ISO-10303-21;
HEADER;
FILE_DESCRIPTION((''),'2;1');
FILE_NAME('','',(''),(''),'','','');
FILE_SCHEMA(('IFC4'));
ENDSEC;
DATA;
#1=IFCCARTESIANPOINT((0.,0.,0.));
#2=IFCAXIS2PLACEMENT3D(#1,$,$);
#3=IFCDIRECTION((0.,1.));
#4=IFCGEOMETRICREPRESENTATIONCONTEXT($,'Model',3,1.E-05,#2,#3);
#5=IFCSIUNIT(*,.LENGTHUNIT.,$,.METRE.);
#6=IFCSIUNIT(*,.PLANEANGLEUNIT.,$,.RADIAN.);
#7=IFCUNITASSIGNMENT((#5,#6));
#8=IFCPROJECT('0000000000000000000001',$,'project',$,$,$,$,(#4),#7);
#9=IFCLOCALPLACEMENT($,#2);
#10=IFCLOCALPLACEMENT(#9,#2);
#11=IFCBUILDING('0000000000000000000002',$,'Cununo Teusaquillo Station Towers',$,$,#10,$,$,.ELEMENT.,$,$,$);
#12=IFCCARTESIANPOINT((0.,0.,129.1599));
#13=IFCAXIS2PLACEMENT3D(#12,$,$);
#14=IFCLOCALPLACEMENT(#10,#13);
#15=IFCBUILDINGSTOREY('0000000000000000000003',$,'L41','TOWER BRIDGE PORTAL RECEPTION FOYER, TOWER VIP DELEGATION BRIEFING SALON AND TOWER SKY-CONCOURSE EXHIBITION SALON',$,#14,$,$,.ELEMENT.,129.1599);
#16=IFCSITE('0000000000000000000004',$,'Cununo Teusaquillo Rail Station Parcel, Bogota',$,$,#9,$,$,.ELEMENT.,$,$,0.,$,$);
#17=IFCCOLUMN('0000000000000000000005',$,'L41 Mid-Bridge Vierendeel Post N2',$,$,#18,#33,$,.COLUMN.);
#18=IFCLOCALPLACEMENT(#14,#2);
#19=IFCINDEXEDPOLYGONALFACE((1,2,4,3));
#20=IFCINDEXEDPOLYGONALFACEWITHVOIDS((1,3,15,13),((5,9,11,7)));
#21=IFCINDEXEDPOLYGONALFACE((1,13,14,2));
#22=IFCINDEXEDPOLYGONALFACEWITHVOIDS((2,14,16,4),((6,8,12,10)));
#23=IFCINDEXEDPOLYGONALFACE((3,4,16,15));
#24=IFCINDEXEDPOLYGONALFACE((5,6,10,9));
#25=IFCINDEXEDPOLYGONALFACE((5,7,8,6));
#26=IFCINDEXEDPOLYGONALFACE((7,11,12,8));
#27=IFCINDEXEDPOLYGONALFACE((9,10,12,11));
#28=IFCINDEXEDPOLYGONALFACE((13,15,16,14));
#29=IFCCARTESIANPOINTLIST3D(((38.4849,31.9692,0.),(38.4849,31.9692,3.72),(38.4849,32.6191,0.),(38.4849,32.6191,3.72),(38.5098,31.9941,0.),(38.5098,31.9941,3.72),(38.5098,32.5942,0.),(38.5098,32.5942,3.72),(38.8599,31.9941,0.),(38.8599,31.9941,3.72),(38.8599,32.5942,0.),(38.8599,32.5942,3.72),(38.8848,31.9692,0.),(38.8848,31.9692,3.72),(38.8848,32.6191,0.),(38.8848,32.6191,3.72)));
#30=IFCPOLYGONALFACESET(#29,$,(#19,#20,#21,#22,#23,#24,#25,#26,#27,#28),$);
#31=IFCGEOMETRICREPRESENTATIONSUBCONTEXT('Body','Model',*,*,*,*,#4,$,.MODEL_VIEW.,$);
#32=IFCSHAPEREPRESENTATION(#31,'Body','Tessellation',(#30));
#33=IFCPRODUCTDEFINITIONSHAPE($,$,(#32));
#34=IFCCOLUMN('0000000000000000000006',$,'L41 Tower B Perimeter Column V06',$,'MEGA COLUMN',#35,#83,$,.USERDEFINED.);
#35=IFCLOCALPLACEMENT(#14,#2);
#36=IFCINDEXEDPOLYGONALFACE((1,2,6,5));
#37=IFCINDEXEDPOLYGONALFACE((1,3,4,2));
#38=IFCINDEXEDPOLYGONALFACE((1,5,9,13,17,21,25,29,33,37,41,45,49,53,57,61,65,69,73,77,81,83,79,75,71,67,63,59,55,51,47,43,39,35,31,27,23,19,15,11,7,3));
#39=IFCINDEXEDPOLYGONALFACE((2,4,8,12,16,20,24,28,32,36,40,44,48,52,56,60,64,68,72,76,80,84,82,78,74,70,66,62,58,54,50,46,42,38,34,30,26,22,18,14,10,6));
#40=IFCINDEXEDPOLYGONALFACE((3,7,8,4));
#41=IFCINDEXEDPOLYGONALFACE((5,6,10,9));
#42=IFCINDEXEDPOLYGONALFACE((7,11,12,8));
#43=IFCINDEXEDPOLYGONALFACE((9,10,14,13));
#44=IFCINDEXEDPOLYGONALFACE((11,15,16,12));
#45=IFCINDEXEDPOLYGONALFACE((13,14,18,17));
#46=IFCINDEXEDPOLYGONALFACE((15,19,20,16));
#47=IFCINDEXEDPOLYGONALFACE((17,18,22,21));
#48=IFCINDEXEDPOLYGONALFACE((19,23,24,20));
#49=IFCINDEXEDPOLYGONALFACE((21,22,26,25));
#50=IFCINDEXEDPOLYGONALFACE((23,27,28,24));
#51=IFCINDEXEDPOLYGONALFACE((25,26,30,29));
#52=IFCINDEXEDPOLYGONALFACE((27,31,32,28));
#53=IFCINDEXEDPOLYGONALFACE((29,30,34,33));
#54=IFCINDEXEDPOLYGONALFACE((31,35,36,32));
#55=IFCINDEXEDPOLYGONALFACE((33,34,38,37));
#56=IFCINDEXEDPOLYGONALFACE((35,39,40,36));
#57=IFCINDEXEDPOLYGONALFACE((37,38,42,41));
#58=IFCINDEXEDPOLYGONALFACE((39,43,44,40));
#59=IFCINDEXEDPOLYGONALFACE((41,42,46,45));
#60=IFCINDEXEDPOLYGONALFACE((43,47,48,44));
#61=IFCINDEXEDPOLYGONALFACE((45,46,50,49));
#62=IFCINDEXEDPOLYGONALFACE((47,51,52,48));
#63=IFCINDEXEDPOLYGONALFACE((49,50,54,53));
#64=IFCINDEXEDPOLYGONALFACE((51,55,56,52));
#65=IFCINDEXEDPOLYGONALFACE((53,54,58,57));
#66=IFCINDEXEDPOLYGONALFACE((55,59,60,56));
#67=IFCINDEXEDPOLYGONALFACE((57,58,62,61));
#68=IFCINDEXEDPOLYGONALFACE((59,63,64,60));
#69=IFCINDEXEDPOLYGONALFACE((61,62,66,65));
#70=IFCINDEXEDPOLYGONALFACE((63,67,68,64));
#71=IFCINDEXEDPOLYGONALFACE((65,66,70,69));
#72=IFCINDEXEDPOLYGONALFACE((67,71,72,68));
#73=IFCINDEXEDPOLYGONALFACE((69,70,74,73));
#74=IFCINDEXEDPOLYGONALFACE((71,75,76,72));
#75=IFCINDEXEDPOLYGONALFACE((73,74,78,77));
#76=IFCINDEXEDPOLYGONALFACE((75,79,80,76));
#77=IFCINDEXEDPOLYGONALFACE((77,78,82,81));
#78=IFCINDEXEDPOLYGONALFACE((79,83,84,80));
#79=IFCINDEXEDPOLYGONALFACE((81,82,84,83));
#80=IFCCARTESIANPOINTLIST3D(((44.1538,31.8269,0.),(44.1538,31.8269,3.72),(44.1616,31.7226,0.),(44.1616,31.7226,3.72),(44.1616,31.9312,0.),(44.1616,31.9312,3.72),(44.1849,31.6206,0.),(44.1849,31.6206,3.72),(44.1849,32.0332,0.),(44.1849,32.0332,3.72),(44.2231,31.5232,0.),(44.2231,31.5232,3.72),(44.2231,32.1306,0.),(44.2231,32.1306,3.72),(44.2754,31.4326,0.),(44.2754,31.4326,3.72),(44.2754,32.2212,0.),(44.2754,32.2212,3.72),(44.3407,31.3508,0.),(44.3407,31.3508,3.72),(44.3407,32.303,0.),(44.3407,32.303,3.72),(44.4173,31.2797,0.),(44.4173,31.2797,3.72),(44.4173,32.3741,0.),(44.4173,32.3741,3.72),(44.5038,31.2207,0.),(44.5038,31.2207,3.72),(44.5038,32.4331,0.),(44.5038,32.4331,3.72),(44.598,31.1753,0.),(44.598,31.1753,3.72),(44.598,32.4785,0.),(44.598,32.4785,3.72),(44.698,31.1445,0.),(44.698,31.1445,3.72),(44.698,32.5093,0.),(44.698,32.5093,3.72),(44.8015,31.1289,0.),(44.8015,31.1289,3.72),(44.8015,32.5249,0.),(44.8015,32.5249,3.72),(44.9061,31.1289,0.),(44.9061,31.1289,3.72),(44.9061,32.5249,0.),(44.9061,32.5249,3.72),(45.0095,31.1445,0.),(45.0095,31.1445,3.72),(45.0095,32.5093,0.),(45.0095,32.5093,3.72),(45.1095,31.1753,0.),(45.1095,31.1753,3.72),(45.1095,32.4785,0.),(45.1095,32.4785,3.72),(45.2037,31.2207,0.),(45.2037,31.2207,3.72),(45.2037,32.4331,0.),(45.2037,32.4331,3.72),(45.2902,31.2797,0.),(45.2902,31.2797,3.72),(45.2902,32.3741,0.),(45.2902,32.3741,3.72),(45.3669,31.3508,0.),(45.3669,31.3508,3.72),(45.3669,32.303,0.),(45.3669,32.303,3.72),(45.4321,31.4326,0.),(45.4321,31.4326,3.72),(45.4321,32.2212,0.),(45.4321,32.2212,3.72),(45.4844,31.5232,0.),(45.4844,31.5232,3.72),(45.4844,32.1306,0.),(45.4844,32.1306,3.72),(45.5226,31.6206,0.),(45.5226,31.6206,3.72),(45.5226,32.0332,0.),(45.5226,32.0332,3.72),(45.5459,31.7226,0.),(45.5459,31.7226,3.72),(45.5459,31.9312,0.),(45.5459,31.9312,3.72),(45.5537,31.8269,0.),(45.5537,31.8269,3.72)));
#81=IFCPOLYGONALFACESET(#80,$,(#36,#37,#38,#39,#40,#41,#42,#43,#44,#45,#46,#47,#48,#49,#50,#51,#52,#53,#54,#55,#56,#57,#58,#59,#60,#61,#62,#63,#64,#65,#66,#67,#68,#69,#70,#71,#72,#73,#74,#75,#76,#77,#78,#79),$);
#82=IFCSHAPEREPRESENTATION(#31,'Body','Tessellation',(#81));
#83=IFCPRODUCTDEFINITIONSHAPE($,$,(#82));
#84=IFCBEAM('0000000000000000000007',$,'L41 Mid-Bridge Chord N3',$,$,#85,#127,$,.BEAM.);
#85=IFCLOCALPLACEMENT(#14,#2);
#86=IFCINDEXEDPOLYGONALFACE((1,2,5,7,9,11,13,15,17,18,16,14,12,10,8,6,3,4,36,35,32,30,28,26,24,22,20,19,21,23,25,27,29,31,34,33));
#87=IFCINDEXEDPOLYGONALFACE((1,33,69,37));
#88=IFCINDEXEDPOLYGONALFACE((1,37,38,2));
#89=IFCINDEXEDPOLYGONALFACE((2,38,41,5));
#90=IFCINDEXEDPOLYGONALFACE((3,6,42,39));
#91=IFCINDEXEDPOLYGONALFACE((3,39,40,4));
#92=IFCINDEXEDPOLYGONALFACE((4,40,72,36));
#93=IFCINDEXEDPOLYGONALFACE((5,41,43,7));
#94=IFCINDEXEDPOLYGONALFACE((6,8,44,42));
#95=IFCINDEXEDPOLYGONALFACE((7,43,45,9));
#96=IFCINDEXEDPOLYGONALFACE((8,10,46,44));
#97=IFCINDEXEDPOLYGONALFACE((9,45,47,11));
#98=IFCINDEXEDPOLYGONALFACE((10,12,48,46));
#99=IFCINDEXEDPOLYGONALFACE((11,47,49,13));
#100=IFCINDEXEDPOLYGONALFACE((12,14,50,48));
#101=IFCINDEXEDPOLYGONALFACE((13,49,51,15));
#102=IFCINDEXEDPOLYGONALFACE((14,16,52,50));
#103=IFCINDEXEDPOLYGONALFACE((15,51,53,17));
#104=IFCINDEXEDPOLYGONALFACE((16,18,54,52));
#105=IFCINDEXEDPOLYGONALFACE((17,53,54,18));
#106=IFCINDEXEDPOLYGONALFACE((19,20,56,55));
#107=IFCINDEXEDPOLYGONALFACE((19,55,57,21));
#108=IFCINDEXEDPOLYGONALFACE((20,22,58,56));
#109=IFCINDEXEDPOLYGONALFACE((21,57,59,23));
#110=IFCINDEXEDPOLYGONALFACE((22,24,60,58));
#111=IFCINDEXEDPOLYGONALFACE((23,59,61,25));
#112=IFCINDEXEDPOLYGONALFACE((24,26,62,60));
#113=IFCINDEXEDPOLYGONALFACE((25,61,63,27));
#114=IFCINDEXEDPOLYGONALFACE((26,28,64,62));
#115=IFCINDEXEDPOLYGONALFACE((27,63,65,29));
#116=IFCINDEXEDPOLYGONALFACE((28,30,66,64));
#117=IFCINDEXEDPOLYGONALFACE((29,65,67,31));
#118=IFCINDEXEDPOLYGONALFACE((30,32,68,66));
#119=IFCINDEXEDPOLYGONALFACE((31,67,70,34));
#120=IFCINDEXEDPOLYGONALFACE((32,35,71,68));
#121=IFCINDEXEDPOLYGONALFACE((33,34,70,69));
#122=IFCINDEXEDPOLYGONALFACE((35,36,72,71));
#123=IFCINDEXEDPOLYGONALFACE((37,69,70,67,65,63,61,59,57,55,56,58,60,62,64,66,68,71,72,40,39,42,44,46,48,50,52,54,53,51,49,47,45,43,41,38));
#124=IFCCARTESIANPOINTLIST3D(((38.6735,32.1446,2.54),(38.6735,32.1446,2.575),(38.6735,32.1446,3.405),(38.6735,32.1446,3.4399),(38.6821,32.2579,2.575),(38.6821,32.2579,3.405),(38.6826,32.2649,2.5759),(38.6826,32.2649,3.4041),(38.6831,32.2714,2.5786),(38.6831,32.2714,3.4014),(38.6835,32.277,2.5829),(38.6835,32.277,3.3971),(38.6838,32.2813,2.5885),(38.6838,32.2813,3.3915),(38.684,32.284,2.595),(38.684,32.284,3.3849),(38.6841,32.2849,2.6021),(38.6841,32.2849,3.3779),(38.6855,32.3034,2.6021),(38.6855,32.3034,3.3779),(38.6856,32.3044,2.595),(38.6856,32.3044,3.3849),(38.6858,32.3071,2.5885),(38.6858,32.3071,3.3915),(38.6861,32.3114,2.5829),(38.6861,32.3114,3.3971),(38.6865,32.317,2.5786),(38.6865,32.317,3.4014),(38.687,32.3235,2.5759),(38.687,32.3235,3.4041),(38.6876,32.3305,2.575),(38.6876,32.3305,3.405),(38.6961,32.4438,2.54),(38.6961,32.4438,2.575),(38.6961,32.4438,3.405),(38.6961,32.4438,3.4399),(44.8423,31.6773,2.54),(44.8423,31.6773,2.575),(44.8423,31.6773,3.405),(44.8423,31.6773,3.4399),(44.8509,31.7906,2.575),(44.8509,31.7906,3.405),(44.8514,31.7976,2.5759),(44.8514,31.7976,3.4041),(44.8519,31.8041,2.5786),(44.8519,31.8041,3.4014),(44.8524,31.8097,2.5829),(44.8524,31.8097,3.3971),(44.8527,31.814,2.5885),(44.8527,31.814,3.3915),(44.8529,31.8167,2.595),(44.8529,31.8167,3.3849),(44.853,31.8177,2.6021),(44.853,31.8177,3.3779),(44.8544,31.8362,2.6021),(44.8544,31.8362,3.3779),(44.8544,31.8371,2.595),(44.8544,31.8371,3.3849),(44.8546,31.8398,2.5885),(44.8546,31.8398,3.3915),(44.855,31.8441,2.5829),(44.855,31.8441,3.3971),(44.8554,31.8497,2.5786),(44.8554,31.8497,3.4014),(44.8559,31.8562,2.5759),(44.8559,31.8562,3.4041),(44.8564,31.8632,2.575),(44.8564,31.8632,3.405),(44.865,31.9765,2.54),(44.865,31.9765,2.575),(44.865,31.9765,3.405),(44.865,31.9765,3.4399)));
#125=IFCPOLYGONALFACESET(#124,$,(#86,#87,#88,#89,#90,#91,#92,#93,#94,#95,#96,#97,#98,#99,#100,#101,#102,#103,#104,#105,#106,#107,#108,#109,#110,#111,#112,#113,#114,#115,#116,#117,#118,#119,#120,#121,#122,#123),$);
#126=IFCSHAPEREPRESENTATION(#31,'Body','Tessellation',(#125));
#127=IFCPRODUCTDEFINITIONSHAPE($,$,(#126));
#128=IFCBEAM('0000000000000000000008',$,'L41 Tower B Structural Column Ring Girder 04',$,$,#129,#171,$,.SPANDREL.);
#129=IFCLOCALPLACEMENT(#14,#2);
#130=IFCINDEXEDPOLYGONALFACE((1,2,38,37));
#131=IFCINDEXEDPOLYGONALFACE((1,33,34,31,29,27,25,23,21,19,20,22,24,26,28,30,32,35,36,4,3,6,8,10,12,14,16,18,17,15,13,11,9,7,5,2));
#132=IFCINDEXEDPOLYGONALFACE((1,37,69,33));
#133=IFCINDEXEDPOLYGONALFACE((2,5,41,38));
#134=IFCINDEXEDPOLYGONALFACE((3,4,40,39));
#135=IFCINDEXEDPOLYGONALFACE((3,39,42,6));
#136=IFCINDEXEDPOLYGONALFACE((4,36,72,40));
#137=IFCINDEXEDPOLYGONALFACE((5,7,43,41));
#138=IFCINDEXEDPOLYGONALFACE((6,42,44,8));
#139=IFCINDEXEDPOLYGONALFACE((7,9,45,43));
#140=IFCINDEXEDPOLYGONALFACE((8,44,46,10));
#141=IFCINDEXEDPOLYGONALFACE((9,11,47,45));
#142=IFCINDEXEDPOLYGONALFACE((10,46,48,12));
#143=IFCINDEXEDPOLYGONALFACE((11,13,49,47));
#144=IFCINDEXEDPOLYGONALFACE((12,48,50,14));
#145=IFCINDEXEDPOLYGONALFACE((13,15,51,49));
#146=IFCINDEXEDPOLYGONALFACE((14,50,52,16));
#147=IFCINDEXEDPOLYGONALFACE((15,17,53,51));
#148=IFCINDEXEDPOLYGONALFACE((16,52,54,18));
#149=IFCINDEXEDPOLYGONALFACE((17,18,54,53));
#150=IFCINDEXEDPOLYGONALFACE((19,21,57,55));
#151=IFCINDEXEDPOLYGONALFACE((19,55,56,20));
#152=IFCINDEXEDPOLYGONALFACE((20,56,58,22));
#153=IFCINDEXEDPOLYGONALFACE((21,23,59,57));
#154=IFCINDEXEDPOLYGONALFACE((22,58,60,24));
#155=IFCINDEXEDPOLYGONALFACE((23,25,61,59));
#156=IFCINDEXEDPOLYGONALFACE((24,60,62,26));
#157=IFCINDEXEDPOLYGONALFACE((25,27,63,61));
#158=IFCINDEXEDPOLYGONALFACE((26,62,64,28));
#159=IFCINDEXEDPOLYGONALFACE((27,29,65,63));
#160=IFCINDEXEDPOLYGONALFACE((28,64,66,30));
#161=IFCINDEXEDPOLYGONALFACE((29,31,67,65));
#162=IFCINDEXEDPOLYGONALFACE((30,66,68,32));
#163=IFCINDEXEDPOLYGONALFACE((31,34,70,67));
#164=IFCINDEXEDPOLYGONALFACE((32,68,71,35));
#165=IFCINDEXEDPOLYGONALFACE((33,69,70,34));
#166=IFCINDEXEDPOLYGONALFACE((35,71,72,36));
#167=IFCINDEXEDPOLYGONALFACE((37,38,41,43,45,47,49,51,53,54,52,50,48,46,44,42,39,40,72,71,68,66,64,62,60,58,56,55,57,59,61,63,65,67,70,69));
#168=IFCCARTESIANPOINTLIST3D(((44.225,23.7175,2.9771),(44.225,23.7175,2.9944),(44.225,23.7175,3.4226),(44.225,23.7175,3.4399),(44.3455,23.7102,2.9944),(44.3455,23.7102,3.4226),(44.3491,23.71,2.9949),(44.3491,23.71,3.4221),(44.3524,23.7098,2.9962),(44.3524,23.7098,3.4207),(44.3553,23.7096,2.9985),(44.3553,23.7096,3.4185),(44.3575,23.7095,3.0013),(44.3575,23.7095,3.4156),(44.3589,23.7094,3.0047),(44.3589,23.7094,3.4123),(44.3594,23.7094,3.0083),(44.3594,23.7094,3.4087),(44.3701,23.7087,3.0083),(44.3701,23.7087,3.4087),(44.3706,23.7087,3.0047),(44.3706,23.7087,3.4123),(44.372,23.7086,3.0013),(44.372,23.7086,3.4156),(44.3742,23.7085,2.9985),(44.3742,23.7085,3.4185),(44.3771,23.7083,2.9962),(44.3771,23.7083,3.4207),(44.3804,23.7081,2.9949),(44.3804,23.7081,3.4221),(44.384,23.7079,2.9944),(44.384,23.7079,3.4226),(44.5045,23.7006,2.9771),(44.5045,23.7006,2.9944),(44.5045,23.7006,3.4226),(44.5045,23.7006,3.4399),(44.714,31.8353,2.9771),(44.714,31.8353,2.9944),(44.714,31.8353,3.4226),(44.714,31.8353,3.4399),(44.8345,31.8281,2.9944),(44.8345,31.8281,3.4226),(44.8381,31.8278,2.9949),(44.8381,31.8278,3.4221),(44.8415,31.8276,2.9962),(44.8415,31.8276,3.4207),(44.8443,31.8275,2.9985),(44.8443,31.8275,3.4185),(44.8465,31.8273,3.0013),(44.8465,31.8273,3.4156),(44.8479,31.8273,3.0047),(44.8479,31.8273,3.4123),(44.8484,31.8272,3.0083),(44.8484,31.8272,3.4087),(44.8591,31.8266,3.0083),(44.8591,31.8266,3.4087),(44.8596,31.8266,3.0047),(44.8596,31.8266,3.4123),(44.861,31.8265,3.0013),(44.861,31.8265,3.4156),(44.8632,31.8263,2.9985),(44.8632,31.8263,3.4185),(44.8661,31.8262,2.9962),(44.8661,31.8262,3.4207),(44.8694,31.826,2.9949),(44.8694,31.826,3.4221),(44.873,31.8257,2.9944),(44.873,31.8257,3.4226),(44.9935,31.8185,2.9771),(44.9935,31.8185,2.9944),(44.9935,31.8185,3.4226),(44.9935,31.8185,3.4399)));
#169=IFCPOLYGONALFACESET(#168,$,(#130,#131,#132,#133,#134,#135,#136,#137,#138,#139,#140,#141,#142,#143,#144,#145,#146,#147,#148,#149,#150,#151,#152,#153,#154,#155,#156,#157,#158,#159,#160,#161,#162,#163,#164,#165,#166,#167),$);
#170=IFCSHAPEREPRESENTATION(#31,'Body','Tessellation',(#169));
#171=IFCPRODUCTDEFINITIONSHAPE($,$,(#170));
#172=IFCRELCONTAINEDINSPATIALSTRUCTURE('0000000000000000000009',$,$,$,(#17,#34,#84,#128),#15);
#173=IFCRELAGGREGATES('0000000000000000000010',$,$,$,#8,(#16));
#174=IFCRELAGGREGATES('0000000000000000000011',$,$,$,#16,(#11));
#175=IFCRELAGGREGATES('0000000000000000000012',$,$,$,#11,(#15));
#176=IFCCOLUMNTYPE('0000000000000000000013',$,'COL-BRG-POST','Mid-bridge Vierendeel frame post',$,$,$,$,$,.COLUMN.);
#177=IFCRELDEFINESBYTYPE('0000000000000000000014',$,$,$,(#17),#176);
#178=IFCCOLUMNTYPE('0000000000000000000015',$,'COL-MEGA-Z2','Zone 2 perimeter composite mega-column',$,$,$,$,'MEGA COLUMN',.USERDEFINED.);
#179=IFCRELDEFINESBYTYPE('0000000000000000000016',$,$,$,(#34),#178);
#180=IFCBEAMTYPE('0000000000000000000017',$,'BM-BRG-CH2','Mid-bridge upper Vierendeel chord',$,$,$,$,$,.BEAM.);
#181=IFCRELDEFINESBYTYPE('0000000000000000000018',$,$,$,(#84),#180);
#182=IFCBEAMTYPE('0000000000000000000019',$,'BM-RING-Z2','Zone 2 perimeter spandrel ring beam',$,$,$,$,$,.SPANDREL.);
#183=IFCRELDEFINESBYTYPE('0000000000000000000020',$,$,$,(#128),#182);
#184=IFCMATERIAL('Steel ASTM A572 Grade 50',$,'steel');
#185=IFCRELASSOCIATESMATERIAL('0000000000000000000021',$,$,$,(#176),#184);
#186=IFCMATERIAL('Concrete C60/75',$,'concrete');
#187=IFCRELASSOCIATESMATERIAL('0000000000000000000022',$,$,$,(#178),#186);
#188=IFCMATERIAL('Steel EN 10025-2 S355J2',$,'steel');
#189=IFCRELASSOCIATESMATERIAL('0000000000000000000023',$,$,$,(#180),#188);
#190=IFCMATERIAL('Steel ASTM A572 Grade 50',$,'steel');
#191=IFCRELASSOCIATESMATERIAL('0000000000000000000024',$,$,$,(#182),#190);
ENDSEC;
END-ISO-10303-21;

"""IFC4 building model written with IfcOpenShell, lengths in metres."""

from ifc_helpers import new_model, si_unit, direction, frame, origin, origin_2d, place, context, subcontext, project, spatial, hollow_rectangle, circle, i_section, extrude, material, material_profile, profile_set, type_object, element, save


model = new_model("IFC4")

# Units and contexts
model_context = context("Model", 3, precision=1e-05, world=origin(), true_north=direction((0.0, 1.0)))
body_context = subcontext(model_context, "Body", "Model", "MODEL_VIEW")
ifc_project = project(units=[si_unit("LENGTHUNIT", "METRE"), si_unit("PLANEANGLEUNIT", "RADIAN")], contexts=[model_context])

# Site, building, storey
site_placement = place(None, origin())
site = spatial("IfcSite", under=ifc_project, at=site_placement, Name="Cununo Teusaquillo Rail Station Parcel, Bogota", CompositionType="ELEMENT", RefElevation=0.0)
building_placement = place(site_placement, origin())
building = spatial("IfcBuilding", under=site, at=building_placement, Name="Cununo Teusaquillo Station Towers", CompositionType="ELEMENT")
storey_placement = place(building_placement, frame((0.0, 0.0, 129.1599)))
storey = spatial("IfcBuildingStorey", under=building, at=storey_placement, Name="L41", Description="TOWER BRIDGE PORTAL RECEPTION FOYER, TOWER VIP DELEGATION BRIEFING SALON AND TOWER SKY-CONCOURSE EXHIBITION SALON", CompositionType="ELEMENT", Elevation=129.1599)

# Columns
ifc_material_1 = material(Name="Steel ASTM A572 Grade 50", Category="steel")
ifc_material_profile_1 = material_profile(ifc_material_1, hollow_rectangle(XDim=0.3999, YDim=0.6499, WallThickness=0.0249, at=origin_2d()), Name="RHS 650x400x25")
ifc_profile_set_1 = profile_set([ifc_material_profile_1], Name="Steel ASTM A572 Grade 50")
column_type_1 = type_object("IfcColumnType", Name="COL-BRG-POST", Description="Mid-bridge Vierendeel frame post", PredefinedType="COLUMN", material=ifc_profile_set_1)
column_1_placement = place(storey_placement, frame((38.6848, 32.2942, 0.0), z_axis=(0.0, 0.0, 1.0), x_axis=(1.0, 0.0, 0.0)))
element("IfcColumn", 1, at=column_1_placement, inside=storey, type_object=column_type_1, Name="L41 Mid-Bridge Vierendeel Post N2", PredefinedType="COLUMN", context=body_context, shape_type="SweptSolid", body=[
    extrude(hollow_rectangle(XDim=0.3999, YDim=0.6499, WallThickness=0.0249, at=origin_2d()), origin(), (0.0, 0.0, 1.0), 3.72),
])
ifc_material_2 = material(Name="Concrete C60/75", Category="concrete")
ifc_material_profile_2 = material_profile(ifc_material_2, circle(Radius=0.7, at=origin_2d()), Name="RC-CIRC-1400")
ifc_profile_set_2 = profile_set([ifc_material_profile_2], Name="Concrete C60/75")
column_type_2 = type_object("IfcColumnType", Name="COL-MEGA-Z2", Description="Zone 2 perimeter composite mega-column", ElementType="MEGA COLUMN", PredefinedType="USERDEFINED", material=ifc_profile_set_2)
column_2_placement = place(storey_placement, frame((44.8538, 31.8269, 0.0), z_axis=(0.0, 0.0, 1.0), x_axis=(1.0, 0.0, 0.0)))
element("IfcColumn", 2, at=column_2_placement, inside=storey, type_object=column_type_2, Name="L41 Tower B Perimeter Column V06", ObjectType="MEGA COLUMN", PredefinedType="USERDEFINED", context=body_context, shape_type="SweptSolid", body=[
    extrude(circle(Radius=0.7, at=origin_2d()), origin(), (0.0, 0.0, 1.0), 3.72),
])

# Beams
ifc_material_3 = material(Name="Steel EN 10025-2 S355J2", Category="steel")
ifc_material_profile_3 = material_profile(ifc_material_3, i_section(OverallWidth=0.3, OverallDepth=0.8999, WebThickness=0.0186, FlangeThickness=0.0349, FilletRadius=0.0271, at=origin_2d()), Name="HEB 900")
ifc_profile_set_3 = profile_set([ifc_material_profile_3], Name="Steel EN 10025-2 S355J2")
beam_type_1 = type_object("IfcBeamType", Name="BM-BRG-CH2", Description="Mid-bridge upper Vierendeel chord", PredefinedType="BEAM", material=ifc_profile_set_3)
beam_1_placement = place(storey_placement, frame((38.6848, 32.2942, 2.99), z_axis=(0.997143, -0.075532, 0.0), x_axis=(0.075532, 0.997143, 0.0)))
element("IfcBeam", 3, at=beam_1_placement, inside=storey, type_object=beam_type_1, Name="L41 Mid-Bridge Chord N3", PredefinedType="BEAM", context=body_context, shape_type="SweptSolid", body=[
    extrude(i_section(OverallWidth=0.3, OverallDepth=0.8999, WebThickness=0.0186, FlangeThickness=0.0349, FilletRadius=0.0271, at=origin_2d()), origin(), (0.0, 0.0, 1.0), 6.1865),
])
ifc_material_4 = material(Name="Steel ASTM A572 Grade 50", Category="steel")
ifc_material_profile_4 = material_profile(ifc_material_4, i_section(OverallWidth=0.28, OverallDepth=0.4629, WebThickness=0.0107, FlangeThickness=0.0173, FilletRadius=0.0139, at=origin_2d()), Name="W18X76")
ifc_profile_set_4 = profile_set([ifc_material_profile_4], Name="Steel ASTM A572 Grade 50")
beam_type_2 = type_object("IfcBeamType", Name="BM-RING-Z2", Description="Zone 2 perimeter spandrel ring beam", PredefinedType="SPANDREL", material=ifc_profile_set_4)
beam_2_placement = place(storey_placement, frame((44.8538, 31.8269, 3.2085), z_axis=(-0.06013, -0.998191, 0.0), x_axis=(0.998191, -0.06013, 0.0)))
element("IfcBeam", 4, at=beam_2_placement, inside=storey, type_object=beam_type_2, Name="L41 Tower B Structural Column Ring Girder 04", PredefinedType="SPANDREL", context=body_context, shape_type="SweptSolid", body=[
    extrude(i_section(OverallWidth=0.28, OverallDepth=0.4629, WebThickness=0.0107, FlangeThickness=0.0173, FilletRadius=0.0139, at=origin_2d()), origin(), (0.0, 0.0, 1.0), 8.1326),
])

save(model, "model.ifc")
